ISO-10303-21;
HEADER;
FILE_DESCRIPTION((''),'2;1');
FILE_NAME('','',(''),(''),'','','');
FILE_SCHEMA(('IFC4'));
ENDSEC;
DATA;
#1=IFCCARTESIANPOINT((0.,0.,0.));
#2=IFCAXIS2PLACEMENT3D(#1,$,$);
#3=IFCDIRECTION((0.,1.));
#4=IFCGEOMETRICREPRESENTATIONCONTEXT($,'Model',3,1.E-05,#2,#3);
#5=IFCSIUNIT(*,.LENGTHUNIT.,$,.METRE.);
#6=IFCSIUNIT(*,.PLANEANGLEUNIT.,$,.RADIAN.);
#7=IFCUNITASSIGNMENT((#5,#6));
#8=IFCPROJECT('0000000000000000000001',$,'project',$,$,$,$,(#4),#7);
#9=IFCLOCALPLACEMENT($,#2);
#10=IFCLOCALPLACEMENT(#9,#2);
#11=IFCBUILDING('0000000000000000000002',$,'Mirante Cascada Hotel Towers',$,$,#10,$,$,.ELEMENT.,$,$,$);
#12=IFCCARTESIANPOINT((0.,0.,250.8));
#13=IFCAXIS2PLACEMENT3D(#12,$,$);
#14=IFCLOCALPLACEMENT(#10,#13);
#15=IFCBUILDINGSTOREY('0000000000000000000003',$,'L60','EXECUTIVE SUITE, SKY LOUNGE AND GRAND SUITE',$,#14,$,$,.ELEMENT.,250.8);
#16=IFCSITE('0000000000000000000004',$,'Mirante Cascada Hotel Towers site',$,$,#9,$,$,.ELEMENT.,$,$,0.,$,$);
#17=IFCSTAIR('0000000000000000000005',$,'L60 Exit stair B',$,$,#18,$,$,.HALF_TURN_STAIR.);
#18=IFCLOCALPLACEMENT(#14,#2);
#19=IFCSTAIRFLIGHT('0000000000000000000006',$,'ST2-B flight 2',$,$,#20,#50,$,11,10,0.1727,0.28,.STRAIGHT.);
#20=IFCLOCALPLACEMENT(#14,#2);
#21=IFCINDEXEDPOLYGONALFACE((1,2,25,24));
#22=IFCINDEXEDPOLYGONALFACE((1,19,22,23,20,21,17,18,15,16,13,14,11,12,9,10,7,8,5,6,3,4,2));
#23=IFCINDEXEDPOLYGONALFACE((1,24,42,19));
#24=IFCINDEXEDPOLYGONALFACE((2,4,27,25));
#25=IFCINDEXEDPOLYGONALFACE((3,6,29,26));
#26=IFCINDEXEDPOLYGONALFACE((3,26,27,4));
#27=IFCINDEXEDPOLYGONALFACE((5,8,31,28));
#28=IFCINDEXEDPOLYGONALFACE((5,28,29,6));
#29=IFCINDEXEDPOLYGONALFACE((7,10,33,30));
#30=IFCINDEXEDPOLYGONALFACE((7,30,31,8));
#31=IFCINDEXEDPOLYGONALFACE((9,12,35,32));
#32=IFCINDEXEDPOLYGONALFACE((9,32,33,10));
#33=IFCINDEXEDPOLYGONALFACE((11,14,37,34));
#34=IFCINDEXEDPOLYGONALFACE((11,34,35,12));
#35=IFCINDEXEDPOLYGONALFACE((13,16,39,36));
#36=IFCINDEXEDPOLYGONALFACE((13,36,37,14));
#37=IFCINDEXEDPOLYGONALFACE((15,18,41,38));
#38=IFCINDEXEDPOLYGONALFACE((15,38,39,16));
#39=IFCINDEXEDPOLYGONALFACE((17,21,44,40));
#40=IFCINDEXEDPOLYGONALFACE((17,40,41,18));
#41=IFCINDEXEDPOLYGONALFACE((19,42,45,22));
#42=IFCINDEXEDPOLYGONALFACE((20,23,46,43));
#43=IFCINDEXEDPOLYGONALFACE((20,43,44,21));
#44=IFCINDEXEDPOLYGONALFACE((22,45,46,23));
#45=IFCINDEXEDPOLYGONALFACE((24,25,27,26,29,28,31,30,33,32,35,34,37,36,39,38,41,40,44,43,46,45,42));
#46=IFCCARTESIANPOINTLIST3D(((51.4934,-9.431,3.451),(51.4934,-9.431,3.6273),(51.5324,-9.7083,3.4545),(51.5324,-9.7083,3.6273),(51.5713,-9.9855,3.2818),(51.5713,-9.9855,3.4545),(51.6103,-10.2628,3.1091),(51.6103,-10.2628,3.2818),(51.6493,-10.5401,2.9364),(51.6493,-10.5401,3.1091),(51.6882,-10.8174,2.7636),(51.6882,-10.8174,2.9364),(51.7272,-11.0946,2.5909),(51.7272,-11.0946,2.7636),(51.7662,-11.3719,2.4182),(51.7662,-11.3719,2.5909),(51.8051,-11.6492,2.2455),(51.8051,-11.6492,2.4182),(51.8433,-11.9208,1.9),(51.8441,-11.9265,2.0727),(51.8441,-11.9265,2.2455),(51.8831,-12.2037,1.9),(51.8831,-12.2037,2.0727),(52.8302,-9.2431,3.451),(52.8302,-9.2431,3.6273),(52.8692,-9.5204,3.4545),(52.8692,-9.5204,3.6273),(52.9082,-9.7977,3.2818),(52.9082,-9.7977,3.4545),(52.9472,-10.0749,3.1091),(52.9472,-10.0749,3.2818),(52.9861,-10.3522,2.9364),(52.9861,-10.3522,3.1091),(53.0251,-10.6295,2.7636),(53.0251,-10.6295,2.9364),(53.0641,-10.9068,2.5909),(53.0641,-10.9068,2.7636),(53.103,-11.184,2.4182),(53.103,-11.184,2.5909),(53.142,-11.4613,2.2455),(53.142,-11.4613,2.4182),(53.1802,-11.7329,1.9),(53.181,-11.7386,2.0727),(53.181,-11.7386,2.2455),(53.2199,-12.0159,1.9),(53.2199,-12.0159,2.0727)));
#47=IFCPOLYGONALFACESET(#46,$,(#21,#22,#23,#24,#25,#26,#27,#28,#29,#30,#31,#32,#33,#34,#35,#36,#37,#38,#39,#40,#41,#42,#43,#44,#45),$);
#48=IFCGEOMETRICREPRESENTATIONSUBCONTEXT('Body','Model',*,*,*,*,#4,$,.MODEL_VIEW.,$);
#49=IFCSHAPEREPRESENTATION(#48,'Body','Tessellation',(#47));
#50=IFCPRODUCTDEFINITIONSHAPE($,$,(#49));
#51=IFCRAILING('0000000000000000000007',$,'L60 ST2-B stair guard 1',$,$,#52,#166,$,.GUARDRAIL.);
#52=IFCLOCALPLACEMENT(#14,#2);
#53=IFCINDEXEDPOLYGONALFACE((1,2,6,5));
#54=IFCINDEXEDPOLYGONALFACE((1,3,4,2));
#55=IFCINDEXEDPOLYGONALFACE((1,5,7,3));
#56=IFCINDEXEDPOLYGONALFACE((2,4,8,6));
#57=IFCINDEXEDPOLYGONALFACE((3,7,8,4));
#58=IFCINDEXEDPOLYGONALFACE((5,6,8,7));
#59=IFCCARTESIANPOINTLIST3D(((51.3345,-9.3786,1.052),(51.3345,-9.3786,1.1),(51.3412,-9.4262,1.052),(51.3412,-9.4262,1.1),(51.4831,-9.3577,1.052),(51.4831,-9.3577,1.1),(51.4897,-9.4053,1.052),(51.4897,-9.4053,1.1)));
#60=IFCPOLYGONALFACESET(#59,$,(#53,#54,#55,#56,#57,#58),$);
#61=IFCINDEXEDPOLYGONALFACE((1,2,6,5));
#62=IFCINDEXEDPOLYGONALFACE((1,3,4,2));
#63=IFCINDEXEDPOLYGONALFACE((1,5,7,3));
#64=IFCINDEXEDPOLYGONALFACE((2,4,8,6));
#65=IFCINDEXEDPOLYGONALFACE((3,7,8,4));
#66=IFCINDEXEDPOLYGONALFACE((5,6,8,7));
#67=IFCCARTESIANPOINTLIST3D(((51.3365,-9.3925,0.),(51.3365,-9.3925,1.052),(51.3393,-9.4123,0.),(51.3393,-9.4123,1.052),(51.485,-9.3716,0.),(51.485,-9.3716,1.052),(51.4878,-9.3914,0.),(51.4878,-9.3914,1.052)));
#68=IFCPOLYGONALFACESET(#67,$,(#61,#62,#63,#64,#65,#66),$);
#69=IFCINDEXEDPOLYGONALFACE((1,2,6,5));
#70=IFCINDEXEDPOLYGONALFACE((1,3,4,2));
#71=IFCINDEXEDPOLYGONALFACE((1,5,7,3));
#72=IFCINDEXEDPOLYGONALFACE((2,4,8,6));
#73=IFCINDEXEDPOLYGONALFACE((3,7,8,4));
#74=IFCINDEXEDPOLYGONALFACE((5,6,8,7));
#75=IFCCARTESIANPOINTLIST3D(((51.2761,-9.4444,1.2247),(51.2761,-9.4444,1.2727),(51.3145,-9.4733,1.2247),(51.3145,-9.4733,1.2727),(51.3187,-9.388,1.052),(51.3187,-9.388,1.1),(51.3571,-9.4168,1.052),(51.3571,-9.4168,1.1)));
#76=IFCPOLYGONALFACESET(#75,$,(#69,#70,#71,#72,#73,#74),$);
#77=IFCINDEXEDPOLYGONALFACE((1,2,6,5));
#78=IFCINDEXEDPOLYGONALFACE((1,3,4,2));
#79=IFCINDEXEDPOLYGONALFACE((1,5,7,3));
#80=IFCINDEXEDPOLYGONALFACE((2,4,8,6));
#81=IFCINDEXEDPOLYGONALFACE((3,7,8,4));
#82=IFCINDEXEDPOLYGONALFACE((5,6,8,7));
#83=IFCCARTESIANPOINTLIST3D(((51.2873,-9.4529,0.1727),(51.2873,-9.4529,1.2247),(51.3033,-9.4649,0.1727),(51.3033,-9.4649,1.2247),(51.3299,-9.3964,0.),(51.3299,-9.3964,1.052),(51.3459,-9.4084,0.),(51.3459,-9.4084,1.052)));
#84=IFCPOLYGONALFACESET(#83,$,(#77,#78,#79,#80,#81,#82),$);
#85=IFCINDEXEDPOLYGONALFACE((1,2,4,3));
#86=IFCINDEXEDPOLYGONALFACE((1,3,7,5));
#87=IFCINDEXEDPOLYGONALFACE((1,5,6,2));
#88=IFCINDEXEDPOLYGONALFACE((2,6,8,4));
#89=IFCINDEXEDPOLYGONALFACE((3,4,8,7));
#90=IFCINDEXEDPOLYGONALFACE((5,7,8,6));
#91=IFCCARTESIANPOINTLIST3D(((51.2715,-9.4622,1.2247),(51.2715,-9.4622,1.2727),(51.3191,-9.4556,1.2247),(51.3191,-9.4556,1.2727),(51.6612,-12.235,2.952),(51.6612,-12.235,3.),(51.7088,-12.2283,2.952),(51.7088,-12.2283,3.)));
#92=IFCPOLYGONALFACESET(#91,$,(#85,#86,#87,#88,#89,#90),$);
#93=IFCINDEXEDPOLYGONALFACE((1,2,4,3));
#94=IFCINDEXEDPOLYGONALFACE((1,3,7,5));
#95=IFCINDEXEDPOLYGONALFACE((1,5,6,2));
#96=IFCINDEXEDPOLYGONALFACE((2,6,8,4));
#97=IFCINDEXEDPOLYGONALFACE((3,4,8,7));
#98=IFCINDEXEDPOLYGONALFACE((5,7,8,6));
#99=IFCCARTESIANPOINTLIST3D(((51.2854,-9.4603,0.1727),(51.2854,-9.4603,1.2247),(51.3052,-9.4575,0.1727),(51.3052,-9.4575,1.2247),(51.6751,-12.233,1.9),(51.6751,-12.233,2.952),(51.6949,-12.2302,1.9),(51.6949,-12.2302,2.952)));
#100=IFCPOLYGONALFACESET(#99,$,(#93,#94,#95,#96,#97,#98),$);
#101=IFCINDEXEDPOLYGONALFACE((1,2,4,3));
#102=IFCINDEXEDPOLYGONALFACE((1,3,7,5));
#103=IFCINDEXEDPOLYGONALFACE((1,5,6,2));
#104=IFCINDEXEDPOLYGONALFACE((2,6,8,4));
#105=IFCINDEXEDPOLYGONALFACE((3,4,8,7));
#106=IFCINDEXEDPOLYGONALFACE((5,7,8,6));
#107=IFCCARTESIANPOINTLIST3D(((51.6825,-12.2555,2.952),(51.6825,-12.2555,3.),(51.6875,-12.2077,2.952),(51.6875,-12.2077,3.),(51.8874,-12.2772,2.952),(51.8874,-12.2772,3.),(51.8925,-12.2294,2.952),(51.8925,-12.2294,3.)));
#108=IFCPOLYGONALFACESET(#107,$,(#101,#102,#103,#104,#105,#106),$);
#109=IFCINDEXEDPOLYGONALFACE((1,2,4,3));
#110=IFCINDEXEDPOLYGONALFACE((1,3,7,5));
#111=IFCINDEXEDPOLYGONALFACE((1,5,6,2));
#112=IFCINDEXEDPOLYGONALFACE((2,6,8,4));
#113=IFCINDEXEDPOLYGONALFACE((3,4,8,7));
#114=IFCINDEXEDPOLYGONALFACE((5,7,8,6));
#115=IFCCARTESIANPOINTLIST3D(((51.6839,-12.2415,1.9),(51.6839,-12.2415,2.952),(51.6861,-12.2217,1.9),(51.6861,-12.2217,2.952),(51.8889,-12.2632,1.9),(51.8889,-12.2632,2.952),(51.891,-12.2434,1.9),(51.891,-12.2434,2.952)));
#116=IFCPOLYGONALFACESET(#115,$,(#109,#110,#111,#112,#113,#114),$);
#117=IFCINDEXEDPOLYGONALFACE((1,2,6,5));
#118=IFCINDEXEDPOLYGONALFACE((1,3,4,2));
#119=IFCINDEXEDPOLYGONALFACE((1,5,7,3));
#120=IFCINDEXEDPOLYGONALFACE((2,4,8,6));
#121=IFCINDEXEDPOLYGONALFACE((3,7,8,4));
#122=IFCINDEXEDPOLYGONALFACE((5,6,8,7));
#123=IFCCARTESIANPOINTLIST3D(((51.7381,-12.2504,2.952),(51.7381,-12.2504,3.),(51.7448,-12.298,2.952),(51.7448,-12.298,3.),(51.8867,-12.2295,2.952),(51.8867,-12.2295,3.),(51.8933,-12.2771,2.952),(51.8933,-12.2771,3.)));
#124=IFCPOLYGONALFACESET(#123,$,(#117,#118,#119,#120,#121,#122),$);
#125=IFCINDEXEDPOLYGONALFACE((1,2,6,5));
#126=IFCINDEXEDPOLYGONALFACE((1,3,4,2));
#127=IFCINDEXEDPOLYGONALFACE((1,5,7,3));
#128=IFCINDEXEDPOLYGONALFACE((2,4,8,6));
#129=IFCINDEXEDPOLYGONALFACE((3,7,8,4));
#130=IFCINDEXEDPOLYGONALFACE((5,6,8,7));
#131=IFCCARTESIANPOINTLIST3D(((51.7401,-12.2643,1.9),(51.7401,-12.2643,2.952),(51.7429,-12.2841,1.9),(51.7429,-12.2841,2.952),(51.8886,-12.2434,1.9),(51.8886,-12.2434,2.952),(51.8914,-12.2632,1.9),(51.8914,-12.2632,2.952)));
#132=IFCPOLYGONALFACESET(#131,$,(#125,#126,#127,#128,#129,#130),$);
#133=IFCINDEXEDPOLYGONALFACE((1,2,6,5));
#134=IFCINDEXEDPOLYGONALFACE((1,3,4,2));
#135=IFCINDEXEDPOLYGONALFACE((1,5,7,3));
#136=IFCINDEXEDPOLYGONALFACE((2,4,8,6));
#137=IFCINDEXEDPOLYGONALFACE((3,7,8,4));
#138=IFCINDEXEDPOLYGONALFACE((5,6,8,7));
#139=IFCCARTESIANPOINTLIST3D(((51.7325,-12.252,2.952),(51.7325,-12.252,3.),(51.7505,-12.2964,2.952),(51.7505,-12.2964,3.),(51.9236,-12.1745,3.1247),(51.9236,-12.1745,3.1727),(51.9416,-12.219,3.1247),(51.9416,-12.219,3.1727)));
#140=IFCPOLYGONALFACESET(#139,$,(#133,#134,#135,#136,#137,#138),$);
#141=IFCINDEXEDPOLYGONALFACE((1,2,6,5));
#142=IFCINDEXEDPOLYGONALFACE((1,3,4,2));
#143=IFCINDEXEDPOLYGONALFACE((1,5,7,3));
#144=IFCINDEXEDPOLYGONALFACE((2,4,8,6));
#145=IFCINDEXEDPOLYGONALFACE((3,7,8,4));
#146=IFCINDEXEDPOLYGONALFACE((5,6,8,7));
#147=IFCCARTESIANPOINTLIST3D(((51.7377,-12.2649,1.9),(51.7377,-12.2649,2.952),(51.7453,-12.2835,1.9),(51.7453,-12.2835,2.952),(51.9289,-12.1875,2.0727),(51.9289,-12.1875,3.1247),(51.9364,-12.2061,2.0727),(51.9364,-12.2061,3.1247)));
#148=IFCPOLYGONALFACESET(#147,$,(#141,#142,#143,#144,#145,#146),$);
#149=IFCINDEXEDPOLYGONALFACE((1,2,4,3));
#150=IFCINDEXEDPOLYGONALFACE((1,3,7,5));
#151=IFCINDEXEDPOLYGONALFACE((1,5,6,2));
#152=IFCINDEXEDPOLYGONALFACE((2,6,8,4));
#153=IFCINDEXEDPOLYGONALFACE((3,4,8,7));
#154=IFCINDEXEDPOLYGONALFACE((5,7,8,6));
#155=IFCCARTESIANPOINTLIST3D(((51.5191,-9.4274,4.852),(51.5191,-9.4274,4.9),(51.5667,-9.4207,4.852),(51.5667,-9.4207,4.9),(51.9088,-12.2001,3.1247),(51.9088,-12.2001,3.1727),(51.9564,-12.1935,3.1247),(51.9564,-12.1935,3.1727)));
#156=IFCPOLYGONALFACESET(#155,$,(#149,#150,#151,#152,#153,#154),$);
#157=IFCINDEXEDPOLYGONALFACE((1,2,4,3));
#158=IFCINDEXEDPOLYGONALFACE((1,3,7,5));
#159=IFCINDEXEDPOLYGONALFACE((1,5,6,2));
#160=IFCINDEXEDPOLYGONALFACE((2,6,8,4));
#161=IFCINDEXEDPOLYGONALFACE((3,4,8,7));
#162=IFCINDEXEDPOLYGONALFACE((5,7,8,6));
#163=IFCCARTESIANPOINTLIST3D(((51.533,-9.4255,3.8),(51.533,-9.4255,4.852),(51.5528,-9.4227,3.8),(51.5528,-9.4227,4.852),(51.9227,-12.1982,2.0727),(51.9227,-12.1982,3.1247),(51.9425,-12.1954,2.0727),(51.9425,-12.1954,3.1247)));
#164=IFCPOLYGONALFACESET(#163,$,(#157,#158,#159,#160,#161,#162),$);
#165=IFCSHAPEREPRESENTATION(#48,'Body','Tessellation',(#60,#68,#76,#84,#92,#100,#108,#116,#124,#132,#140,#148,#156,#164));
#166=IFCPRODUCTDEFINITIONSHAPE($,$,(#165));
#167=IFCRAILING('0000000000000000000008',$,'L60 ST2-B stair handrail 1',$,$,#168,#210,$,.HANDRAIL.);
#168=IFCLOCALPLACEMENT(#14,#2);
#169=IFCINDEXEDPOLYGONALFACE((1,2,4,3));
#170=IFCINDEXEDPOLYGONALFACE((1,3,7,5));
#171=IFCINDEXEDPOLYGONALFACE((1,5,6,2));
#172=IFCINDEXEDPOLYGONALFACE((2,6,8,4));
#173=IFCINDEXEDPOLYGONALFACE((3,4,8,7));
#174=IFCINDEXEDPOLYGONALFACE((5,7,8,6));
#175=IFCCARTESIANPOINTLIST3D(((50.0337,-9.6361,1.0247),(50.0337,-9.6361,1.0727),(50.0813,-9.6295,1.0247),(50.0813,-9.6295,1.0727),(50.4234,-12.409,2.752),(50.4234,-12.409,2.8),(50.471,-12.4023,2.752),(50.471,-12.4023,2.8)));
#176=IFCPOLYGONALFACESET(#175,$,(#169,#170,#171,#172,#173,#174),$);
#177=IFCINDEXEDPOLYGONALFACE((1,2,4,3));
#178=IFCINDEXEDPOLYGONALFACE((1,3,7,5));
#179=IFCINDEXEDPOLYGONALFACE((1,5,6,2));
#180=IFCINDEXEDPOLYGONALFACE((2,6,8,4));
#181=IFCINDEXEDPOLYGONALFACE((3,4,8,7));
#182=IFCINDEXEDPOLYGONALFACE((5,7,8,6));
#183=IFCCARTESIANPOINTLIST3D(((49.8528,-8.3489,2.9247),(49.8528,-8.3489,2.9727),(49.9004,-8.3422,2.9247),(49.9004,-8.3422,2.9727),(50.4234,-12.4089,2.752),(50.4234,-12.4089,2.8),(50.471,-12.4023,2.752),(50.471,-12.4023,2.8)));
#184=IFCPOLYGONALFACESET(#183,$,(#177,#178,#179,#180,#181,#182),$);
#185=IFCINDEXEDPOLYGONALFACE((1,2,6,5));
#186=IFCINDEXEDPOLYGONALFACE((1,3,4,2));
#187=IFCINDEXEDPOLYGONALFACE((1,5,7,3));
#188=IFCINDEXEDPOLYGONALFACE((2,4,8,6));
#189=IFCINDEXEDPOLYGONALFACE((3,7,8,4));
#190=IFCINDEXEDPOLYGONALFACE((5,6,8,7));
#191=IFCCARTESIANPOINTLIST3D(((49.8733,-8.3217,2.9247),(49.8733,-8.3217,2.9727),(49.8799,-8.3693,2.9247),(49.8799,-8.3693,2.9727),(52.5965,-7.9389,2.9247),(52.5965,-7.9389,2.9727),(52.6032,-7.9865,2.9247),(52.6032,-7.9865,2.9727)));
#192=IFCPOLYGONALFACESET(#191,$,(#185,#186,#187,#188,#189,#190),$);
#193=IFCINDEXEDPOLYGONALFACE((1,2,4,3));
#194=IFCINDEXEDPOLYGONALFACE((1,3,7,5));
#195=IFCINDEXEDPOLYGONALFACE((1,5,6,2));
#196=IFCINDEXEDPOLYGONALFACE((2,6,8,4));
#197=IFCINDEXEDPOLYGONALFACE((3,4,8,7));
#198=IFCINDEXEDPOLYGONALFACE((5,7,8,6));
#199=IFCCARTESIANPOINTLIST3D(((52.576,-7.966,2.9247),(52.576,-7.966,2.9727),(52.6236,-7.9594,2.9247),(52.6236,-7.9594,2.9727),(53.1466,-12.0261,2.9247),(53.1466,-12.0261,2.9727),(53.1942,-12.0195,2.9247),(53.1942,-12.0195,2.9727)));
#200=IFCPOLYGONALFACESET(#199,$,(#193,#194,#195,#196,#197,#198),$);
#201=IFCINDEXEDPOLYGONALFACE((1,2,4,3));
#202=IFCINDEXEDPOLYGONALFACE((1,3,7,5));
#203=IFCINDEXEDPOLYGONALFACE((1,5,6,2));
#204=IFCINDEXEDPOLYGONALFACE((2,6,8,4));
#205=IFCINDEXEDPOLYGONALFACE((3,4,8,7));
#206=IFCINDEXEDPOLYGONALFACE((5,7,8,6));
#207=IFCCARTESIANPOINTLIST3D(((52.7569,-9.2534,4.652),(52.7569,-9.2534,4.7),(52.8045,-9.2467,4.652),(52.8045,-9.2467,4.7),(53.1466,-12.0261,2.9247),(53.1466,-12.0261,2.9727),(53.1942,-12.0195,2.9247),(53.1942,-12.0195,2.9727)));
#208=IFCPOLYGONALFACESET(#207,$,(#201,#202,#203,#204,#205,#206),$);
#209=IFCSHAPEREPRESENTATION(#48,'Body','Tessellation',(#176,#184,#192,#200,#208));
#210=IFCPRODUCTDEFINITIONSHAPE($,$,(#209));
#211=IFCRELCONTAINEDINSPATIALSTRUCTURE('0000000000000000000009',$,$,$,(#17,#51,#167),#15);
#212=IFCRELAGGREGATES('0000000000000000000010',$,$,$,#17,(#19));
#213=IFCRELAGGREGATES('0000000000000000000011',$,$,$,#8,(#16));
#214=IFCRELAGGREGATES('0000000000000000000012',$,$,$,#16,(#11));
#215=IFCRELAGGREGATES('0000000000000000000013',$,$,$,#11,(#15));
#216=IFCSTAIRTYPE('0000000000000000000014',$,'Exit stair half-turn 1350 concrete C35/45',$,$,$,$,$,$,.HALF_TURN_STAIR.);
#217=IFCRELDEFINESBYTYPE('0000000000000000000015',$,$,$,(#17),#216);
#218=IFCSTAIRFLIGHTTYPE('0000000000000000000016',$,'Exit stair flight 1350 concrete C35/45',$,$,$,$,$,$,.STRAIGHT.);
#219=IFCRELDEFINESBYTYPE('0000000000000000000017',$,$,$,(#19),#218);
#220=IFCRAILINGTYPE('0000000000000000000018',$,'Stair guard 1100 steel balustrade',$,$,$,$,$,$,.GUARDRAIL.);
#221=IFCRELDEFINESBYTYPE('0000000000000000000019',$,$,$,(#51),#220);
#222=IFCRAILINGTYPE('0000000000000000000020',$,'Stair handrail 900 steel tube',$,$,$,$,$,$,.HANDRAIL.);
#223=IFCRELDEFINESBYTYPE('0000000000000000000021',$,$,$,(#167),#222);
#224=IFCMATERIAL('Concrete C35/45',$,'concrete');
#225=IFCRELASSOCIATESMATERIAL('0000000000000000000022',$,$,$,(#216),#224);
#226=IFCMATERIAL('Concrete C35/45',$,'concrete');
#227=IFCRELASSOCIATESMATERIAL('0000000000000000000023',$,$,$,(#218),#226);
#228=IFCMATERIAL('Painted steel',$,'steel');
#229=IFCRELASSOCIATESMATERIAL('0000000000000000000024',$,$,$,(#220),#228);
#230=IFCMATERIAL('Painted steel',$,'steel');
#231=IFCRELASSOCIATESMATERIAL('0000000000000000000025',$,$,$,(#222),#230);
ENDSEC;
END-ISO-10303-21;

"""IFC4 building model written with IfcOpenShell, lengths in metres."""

from ifc_helpers import new_model, si_unit, direction, frame, origin, origin_2d, place, context, subcontext, project, spatial, polyline, rectangle, outline, extrude, material, type_object, element, aggregate, save


model = new_model("IFC4")

# Units and contexts
model_context = context("Model", 3, precision=1e-05, world=origin(), true_north=direction((0.0, 1.0)))
body_context = subcontext(model_context, "Body", "Model", "MODEL_VIEW")
ifc_project = project(units=[si_unit("LENGTHUNIT", "METRE"), si_unit("PLANEANGLEUNIT", "RADIAN")], contexts=[model_context])

# Site, building, storey
site_placement = place(None, origin())
site = spatial("IfcSite", under=ifc_project, at=site_placement, Name="Mirante Cascada Hotel Towers site", CompositionType="ELEMENT", RefElevation=0.0)
building_placement = place(site_placement, origin())
building = spatial("IfcBuilding", under=site, at=building_placement, Name="Mirante Cascada Hotel Towers", CompositionType="ELEMENT")
storey_placement = place(building_placement, frame((0.0, 0.0, 250.8)))
storey = spatial("IfcBuildingStorey", under=building, at=storey_placement, Name="L60", Description="EXECUTIVE SUITE, SKY LOUNGE AND GRAND SUITE", CompositionType="ELEMENT", Elevation=250.8)

# Stair, stair flight
ifc_material_1 = material(Name="Concrete C35/45", Category="concrete")
stair_type = type_object("IfcStairType", Name="Exit stair half-turn 1350 concrete C35/45", PredefinedType="HALF_TURN_STAIR", material=ifc_material_1)
stair_placement = place(storey_placement, origin())
stair = element("IfcStair", 1, at=stair_placement, inside=storey, type_object=stair_type, Name="L60 Exit stair B", PredefinedType="HALF_TURN_STAIR")
ifc_material_2 = material(Name="Concrete C35/45", Category="concrete")
stair_flight_type = type_object("IfcStairFlightType", Name="Exit stair flight 1350 concrete C35/45", PredefinedType="STRAIGHT", material=ifc_material_2)
stair_flight_1_placement = place(storey_placement, frame((52.5515, -12.1098, 1.9), z_axis=(0.0, 0.0, 1.0), x_axis=(-0.139173, 0.990268, 0.0)))
stair_flight_1 = element("IfcStairFlight", 2, at=stair_flight_1_placement, type_object=stair_flight_type, Name="ST2-B flight 2", NumberOfRisers=11, NumberOfTreads=10, PredefinedType="STRAIGHT", RiserHeight=0.1727, TreadLength=0.28, context=body_context, shape_type="SweptSolid", body=[
    extrude(outline(polyline([(0.0, 0.0), (0.0, 0.1727), (0.28, 0.1727), (0.28, 0.3455), (0.56, 0.3455), (0.56, 0.5182), (0.84, 0.5182), (0.84, 0.6909), (1.12, 0.6909), (1.12, 0.8636), (1.4, 0.8636), (1.4, 1.0364), (1.68, 1.0364), (1.68, 1.2091), (1.96, 1.2091), (1.96, 1.3818), (2.24, 1.3818), (2.24, 1.5545), (2.52, 1.5545), (2.52, 1.7273), (2.8, 1.7273), (2.8, 1.9), (2.8, 1.551), (0.2857, 0.0), (0.0, 0.0)])), frame((0.0, 0.675, 0.0), z_axis=(0.0, -1.0, 0.0), x_axis=(1.0, 0.0, 0.0)), (0.0, 0.0, 1.0), 1.35),
])
aggregate(stair, [stair_flight_1])

# Railings
ifc_material_3 = material(Name="Painted steel", Category="steel")
railing_type_1 = type_object("IfcRailingType", Name="Stair guard 1100 steel balustrade", PredefinedType="GUARDRAIL", material=ifc_material_3)
railing_1_placement = place(storey_placement, frame((51.4864, -9.3815, 0.0)))
element("IfcRailing", 3, at=railing_1_placement, inside=storey, type_object=railing_type_1, Name="L60 ST2-B stair guard 1", PredefinedType="GUARDRAIL", context=body_context, shape_type="SweptSolid", body=[
    extrude(rectangle(XDim=0.048, YDim=0.048, at=origin_2d()), frame((0.0, 0.0, 1.076), z_axis=(-0.990241, -0.139367, 0.0), x_axis=(0.139367, -0.990241, 0.0)), (0.0, 0.0, 1.0), 0.15),
    extrude(rectangle(XDim=0.02, YDim=1.052, at=origin_2d()), frame((0.0, 0.0, 0.526), z_axis=(-0.990241, -0.139367, 0.0), x_axis=(0.139367, -0.990241, 0.0)), (0.0, 0.0, 1.0), 0.15),
    extrude(rectangle(XDim=0.048, YDim=0.048, at=origin_2d()), frame((-0.1485, -0.0209, 1.076), z_axis=(-0.602033, -0.798471, 0.0), x_axis=(0.798471, -0.602033, 0.0)), (0.0, 0.92534, 0.379139), 0.1866),
    extrude(rectangle(XDim=0.02, YDim=1.052, at=origin_2d()), frame((-0.1485, -0.0209, 0.526), z_axis=(-0.602033, -0.798471, 0.0), x_axis=(0.798471, -0.602033, 0.0)), (0.0, 0.92534, 0.379139), 0.1866),
    extrude(rectangle(XDim=0.048, YDim=0.048, at=origin_2d()), frame((-0.1911, -0.0774, 1.2487), z_axis=(0.139181, -0.990267, 0.0), x_axis=(0.990267, 0.139181, 0.0)), (0.0, 0.525035, 0.851081), 3.2899),
    extrude(rectangle(XDim=0.02, YDim=1.052, at=origin_2d()), frame((-0.1911, -0.0774, 0.6987), z_axis=(0.139181, -0.990267, 0.0), x_axis=(0.990267, 0.139181, 0.0)), (0.0, 0.525035, 0.851081), 3.2899),
    extrude(rectangle(XDim=0.048, YDim=0.048, at=origin_2d()), frame((0.1986, -2.8501, 2.976), z_axis=(0.994444, -0.105266, 0.0), x_axis=(0.105266, 0.994444, 0.0)), (0.0, 0.0, 1.0), 0.2061),
    extrude(rectangle(XDim=0.02, YDim=1.052, at=origin_2d()), frame((0.1986, -2.8501, 2.426), z_axis=(0.994444, -0.105266, 0.0), x_axis=(0.105266, 0.994444, 0.0)), (0.0, 0.0, 1.0), 0.2061),
    extrude(rectangle(XDim=0.048, YDim=0.048, at=origin_2d()), frame((0.4036, -2.8718, 2.976), z_axis=(-0.990241, -0.139367, 0.0), x_axis=(0.139367, -0.990241, 0.0)), (0.0, 0.0, 1.0), 0.15),
    extrude(rectangle(XDim=0.02, YDim=1.052, at=origin_2d()), frame((0.4036, -2.8718, 2.426), z_axis=(-0.990241, -0.139367, 0.0), x_axis=(0.139367, -0.990241, 0.0)), (0.0, 0.0, 1.0), 0.15),
    extrude(rectangle(XDim=0.048, YDim=0.048, at=origin_2d()), frame((0.2551, -2.8927, 2.976), z_axis=(0.926862, 0.375401, 0.0), x_axis=(-0.375401, 0.926862, 0.0)), (0.0, 0.642122, 0.766603), 0.269),
    extrude(rectangle(XDim=0.02, YDim=1.052, at=origin_2d()), frame((0.2551, -2.8927, 2.426), z_axis=(0.926862, 0.375401, 0.0), x_axis=(-0.375401, 0.926862, 0.0)), (0.0, 0.642122, 0.766603), 0.269),
    extrude(rectangle(XDim=0.048, YDim=0.048, at=origin_2d()), frame((0.4462, -2.8153, 3.1487), z_axis=(-0.139181, 0.990267, 0.0), x_axis=(-0.990267, -0.139181, 0.0)), (0.0, 0.525035, 0.851081), 3.2899),
    extrude(rectangle(XDim=0.02, YDim=1.052, at=origin_2d()), frame((0.4462, -2.8153, 2.5987), z_axis=(-0.139181, 0.990267, 0.0), x_axis=(-0.990267, -0.139181, 0.0)), (0.0, 0.525035, 0.851081), 3.2899),
])
ifc_material_4 = material(Name="Painted steel", Category="steel")
railing_type_2 = type_object("IfcRailingType", Name="Stair handrail 900 steel tube", PredefinedType="HANDRAIL", material=ifc_material_4)
railing_2_placement = place(storey_placement, frame((50.0575, -9.6328, 0.1727)))
element("IfcRailing", 4, at=railing_2_placement, inside=storey, type_object=railing_type_2, Name="L60 ST2-B stair handrail 1", PredefinedType="HANDRAIL", context=body_context, shape_type="SweptSolid", body=[
    extrude(rectangle(XDim=0.048, YDim=0.048, at=origin_2d()), frame((0.0, 0.0, 0.876), z_axis=(0.139176, -0.990268, 0.0), x_axis=(0.990268, 0.139176, 0.0)), (0.0, 0.525021, 0.851089), 3.29),
    extrude(rectangle(XDim=0.048, YDim=0.048, at=origin_2d()), frame((0.3897, -2.7728, 2.6033), z_axis=(-0.139171, 0.990268, 0.0), x_axis=(-0.990268, -0.139171, 0.0)), (0.0, 0.042085, 0.999114), 4.1036),
    extrude(rectangle(XDim=0.048, YDim=0.048, at=origin_2d()), frame((-0.1809, 1.2873, 2.776), z_axis=(0.990264, 0.139201, 0.0), x_axis=(-0.139201, 0.990264, 0.0)), (0.0, 0.0, 1.0), 2.75),
    extrude(rectangle(XDim=0.048, YDim=0.048, at=origin_2d()), frame((2.5423, 1.6701, 2.776), z_axis=(0.139171, -0.990268, 0.0), x_axis=(0.990268, 0.139171, 0.0)), (0.0, 0.0, 1.0), 4.1),
    extrude(rectangle(XDim=0.048, YDim=0.048, at=origin_2d()), frame((3.1129, -2.39, 2.776), z_axis=(-0.139181, 0.990267, 0.0), x_axis=(-0.990267, -0.139181, 0.0)), (0.0, 0.525035, 0.851081), 3.2899),
])

save(model, "model.ifc")
